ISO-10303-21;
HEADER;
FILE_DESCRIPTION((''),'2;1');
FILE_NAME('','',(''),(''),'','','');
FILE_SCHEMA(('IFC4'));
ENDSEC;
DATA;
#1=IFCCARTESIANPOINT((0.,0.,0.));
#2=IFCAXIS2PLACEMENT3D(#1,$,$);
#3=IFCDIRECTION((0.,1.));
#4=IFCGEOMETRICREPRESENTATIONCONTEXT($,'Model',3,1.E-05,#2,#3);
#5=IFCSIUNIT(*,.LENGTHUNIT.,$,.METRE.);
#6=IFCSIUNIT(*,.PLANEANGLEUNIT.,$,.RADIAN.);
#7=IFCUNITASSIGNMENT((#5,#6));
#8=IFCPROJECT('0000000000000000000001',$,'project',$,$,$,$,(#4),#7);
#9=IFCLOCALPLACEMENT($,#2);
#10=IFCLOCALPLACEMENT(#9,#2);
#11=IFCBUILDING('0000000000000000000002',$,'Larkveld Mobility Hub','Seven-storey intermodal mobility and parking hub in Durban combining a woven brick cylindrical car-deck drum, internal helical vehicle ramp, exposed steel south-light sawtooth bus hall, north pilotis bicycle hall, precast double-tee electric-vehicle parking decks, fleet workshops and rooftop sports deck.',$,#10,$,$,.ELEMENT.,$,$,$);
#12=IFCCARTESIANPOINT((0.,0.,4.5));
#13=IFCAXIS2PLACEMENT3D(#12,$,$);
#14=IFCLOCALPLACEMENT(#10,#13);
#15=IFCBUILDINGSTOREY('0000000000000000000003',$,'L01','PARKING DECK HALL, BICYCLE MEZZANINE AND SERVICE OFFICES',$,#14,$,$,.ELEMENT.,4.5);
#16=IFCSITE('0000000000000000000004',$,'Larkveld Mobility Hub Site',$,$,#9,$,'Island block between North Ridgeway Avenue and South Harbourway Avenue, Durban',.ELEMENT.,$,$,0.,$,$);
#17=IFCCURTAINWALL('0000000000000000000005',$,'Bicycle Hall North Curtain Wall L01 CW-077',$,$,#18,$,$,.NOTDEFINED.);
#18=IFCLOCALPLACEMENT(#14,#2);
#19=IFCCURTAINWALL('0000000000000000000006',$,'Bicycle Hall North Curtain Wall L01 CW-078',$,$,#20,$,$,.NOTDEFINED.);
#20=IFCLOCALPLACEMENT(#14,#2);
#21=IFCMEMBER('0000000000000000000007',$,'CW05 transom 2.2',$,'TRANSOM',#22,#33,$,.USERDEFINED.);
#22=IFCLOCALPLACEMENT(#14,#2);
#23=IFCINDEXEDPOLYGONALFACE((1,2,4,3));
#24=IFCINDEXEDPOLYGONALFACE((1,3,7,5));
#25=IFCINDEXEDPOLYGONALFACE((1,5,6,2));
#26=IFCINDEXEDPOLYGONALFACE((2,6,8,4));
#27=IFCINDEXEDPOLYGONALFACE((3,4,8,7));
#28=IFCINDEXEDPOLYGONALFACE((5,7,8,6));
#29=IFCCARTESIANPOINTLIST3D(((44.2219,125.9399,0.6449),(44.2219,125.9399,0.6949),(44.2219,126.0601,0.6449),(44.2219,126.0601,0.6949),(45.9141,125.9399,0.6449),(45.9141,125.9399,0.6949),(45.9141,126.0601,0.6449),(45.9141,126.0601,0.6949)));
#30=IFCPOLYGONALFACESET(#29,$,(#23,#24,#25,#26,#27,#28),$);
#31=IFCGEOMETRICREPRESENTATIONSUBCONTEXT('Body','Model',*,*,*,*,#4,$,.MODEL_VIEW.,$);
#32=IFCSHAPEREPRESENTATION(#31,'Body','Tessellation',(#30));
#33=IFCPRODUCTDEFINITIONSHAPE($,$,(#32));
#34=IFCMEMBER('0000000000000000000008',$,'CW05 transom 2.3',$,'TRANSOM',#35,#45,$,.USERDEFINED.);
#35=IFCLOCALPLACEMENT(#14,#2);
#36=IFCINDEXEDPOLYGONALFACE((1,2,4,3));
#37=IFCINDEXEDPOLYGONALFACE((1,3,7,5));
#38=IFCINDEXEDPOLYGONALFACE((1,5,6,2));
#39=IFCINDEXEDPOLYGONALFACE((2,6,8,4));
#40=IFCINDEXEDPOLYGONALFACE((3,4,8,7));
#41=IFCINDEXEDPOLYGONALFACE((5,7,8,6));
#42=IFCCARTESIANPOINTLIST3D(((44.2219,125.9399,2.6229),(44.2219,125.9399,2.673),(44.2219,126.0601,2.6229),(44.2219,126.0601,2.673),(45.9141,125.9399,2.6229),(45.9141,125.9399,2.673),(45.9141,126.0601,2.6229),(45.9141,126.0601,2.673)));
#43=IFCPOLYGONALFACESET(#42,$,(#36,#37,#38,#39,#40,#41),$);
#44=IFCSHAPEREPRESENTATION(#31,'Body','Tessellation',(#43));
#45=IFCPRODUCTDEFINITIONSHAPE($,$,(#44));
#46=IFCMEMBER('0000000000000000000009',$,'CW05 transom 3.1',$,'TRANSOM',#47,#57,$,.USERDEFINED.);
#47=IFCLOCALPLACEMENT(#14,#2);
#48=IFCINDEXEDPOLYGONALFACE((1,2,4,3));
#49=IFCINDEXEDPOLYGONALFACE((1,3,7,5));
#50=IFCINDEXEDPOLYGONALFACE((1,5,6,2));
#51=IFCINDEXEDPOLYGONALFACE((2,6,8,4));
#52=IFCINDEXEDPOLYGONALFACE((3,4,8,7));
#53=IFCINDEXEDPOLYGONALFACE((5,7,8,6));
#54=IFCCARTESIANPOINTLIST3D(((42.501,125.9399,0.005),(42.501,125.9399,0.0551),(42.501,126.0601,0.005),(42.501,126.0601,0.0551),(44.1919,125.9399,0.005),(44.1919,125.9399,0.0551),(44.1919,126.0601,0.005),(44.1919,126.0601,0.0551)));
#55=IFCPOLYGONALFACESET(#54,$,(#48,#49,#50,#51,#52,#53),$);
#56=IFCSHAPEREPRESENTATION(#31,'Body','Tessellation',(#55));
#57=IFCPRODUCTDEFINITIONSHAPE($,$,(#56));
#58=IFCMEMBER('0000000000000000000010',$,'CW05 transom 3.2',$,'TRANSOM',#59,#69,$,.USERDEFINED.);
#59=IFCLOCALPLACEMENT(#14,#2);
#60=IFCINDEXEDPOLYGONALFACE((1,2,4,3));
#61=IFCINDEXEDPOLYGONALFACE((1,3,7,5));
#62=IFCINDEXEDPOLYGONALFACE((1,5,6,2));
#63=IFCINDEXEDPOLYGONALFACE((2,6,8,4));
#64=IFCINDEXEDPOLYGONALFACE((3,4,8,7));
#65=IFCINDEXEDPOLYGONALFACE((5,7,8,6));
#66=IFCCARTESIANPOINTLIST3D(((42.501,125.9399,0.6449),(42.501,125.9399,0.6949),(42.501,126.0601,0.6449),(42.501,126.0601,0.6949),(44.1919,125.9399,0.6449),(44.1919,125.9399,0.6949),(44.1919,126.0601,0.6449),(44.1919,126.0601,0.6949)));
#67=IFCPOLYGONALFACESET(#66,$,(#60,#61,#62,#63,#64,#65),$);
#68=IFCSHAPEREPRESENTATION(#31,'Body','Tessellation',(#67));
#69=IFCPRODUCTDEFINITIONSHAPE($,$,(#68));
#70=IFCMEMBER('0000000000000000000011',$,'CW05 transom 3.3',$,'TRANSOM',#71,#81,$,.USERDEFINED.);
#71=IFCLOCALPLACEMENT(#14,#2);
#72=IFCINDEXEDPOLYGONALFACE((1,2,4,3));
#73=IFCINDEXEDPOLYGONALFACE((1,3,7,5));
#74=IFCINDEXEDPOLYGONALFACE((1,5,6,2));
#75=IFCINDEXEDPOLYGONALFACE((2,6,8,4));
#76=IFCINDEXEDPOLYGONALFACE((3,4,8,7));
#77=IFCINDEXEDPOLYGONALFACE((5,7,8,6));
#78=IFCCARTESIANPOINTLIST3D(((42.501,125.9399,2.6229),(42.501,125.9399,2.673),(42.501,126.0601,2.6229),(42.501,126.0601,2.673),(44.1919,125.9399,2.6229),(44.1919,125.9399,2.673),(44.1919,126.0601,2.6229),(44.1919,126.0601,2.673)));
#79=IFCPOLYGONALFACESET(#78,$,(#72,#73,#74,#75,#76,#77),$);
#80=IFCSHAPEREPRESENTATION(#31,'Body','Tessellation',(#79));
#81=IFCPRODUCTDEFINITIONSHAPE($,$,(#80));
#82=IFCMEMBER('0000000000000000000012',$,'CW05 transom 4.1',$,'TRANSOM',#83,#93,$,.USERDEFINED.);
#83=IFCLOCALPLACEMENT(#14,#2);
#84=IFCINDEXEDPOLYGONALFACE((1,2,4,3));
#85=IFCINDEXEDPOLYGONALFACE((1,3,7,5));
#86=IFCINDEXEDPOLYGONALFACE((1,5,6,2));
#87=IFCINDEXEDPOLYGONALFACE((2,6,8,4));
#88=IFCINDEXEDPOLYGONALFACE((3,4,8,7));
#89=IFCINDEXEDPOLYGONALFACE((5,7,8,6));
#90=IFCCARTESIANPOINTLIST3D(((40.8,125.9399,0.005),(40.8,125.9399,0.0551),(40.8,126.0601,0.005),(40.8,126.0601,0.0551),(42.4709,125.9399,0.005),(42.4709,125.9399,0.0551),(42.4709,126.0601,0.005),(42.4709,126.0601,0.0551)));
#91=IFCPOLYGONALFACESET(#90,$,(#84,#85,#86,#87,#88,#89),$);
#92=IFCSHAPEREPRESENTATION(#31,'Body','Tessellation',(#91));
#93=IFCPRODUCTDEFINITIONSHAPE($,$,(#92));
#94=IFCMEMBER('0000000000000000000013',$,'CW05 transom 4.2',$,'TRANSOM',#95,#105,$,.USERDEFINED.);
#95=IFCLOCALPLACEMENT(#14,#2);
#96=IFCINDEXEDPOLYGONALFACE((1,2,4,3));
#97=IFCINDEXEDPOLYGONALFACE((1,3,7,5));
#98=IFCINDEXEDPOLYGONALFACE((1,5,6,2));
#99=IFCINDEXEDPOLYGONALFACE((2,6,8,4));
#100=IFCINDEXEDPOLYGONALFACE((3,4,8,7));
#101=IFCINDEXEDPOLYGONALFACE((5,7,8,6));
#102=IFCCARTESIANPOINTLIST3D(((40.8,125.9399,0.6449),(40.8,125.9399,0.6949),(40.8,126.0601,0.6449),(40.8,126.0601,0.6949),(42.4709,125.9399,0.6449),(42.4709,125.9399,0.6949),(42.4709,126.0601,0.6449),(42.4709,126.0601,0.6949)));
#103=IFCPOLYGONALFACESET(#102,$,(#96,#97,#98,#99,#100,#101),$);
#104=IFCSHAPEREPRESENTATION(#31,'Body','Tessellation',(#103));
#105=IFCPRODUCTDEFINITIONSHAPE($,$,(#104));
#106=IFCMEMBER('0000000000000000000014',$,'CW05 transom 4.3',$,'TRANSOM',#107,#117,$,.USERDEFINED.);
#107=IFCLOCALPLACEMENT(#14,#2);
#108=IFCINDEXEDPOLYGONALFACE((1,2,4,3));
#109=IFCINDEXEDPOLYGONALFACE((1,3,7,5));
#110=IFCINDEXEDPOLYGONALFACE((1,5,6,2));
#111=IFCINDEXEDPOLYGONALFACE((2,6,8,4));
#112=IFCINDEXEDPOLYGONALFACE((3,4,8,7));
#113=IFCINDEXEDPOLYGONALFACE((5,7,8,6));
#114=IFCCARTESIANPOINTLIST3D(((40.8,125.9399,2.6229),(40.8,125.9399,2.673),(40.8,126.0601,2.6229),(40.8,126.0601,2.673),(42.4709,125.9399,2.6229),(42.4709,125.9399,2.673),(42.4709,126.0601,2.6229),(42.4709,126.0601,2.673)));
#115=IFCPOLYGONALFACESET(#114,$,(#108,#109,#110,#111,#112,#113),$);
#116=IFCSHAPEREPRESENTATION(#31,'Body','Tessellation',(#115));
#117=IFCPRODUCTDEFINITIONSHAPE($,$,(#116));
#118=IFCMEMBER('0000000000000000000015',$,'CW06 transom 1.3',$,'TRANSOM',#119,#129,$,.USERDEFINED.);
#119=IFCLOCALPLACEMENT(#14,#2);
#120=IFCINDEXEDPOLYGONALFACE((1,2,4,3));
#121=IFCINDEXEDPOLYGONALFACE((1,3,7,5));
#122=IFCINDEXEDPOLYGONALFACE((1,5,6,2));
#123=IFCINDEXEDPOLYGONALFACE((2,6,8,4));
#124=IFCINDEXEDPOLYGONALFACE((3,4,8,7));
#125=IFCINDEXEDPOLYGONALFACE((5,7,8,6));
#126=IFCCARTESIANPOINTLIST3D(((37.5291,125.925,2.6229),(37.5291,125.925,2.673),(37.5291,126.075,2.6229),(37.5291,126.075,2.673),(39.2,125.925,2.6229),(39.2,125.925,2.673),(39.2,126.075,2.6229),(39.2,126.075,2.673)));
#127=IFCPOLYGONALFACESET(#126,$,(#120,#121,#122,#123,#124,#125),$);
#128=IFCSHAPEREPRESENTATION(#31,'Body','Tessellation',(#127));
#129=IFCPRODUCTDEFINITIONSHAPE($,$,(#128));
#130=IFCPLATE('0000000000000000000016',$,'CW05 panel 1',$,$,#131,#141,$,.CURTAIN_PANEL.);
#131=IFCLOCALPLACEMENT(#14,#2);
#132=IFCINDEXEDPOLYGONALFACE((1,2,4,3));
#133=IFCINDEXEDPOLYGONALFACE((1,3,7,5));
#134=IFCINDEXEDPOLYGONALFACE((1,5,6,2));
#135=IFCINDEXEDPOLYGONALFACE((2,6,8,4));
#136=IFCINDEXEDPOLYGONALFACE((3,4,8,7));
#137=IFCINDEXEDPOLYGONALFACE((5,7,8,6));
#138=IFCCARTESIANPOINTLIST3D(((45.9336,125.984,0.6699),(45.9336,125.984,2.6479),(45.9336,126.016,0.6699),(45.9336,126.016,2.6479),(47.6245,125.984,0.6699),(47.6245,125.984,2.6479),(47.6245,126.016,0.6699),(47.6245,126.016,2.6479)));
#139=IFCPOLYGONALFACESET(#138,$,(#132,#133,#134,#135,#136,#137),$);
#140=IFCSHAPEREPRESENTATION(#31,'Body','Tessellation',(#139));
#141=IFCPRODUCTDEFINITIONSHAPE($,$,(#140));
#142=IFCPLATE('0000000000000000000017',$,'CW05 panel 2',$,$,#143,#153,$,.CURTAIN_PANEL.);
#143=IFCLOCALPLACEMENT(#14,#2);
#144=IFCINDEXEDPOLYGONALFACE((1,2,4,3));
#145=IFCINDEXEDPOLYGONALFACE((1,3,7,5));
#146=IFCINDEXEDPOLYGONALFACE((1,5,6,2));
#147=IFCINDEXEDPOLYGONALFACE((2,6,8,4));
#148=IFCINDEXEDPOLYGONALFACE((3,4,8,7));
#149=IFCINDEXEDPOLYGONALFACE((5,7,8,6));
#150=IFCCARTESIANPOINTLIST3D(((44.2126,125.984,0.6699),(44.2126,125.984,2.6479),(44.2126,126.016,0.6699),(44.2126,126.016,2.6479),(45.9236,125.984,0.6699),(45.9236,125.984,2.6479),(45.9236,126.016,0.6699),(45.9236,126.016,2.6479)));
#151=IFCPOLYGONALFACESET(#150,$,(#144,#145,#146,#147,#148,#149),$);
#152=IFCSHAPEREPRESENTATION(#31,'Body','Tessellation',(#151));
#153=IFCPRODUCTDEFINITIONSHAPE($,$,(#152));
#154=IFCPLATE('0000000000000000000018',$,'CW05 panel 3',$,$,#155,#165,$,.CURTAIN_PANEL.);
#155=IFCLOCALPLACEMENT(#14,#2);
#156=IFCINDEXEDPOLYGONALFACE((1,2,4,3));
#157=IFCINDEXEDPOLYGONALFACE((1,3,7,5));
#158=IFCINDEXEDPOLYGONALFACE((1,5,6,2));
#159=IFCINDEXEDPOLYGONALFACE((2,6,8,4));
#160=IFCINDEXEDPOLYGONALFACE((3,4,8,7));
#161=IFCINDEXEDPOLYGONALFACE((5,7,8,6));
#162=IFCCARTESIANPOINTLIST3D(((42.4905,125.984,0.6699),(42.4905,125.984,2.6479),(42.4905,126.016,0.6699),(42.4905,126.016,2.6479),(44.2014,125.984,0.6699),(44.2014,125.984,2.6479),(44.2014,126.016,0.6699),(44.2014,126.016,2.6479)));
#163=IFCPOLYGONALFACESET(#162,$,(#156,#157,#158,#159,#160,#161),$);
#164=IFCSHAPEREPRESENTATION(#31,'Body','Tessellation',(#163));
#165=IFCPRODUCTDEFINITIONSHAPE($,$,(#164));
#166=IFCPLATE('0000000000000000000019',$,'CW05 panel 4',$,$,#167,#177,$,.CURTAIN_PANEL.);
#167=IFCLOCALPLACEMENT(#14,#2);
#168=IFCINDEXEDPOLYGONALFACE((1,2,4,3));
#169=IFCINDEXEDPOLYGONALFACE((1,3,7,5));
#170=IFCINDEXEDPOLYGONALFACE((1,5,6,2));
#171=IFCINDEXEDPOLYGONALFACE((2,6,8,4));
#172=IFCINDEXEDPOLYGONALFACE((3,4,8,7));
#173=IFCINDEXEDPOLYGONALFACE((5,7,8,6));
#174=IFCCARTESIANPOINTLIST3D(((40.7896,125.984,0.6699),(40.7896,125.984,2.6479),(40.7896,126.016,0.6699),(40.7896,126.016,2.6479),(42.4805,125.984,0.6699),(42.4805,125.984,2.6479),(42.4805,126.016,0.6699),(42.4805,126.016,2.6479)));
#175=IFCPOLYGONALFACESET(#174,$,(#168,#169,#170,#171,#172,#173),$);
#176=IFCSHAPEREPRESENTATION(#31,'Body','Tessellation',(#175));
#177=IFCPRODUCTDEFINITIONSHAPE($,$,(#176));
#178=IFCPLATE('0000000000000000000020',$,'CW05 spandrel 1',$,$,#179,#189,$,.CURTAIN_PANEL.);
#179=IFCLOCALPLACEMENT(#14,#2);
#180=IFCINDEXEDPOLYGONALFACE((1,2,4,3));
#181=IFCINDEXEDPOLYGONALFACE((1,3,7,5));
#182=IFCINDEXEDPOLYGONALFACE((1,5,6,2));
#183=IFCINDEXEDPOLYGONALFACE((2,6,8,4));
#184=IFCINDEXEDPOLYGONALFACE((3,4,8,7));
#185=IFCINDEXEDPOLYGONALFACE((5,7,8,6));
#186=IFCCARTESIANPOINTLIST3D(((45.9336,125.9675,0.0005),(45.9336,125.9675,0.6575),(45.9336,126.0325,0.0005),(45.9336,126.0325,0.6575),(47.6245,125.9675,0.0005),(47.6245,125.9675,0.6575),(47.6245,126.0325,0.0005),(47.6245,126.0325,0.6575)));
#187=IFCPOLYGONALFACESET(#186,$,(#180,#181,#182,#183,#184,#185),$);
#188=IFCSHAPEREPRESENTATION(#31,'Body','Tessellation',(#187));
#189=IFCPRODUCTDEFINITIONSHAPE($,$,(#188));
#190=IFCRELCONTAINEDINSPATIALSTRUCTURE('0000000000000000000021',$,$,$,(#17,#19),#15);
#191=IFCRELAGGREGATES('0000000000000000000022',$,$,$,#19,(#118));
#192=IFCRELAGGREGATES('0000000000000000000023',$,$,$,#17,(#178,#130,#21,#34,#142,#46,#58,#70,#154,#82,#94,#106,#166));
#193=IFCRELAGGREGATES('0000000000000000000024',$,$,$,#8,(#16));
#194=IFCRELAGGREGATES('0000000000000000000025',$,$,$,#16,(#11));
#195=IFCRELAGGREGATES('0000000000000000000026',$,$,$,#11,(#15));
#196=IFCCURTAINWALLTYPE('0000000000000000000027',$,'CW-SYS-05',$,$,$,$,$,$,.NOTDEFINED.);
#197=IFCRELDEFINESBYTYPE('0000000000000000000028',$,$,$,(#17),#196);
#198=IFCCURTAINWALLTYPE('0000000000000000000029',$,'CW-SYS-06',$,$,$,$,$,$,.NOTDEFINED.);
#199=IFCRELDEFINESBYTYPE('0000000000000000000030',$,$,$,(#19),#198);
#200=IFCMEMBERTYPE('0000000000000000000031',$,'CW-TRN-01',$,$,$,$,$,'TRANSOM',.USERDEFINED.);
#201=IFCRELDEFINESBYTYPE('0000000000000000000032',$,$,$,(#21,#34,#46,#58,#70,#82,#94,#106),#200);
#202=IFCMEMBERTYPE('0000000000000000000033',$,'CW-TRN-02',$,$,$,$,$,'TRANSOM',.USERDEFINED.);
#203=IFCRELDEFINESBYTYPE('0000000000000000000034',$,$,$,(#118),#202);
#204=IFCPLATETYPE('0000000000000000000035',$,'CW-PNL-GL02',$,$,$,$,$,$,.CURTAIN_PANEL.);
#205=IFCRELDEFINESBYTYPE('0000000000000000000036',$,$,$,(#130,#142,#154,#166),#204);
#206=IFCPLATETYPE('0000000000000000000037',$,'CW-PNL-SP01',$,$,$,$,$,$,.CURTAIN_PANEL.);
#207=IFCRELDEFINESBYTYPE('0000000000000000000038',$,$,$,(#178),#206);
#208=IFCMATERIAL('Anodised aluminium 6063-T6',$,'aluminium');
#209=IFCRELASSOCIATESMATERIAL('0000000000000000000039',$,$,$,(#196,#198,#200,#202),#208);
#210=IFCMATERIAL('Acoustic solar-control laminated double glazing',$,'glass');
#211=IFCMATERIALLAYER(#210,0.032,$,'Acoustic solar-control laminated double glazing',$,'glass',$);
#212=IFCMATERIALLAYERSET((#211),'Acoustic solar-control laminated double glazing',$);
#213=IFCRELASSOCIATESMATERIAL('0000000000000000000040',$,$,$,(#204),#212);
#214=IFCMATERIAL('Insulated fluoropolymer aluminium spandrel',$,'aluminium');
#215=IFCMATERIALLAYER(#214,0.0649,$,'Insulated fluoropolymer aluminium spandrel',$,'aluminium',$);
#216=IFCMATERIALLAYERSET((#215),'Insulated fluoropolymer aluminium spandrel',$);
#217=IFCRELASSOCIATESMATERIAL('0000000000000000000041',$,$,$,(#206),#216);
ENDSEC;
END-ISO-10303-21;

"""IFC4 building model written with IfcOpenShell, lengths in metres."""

from ifc_helpers import new_model, si_unit, direction, frame, origin, origin_2d, place, context, subcontext, project, spatial, rectangle, extrude, material, layer, layer_set, material_profile, profile_set, type_object, element, aggregate, save


model = new_model("IFC4")

# Units and contexts
model_context = context("Model", 3, precision=1e-05, world=origin(), true_north=direction((0.0, 1.0)))
body_context = subcontext(model_context, "Body", "Model", "MODEL_VIEW")
ifc_project = project(units=[si_unit("LENGTHUNIT", "METRE"), si_unit("PLANEANGLEUNIT", "RADIAN")], contexts=[model_context])

# Site, building, storey
site_placement = place(None, origin())
site = spatial("IfcSite", under=ifc_project, at=site_placement, Name="Larkveld Mobility Hub Site", LongName="Island block between North Ridgeway Avenue and South Harbourway Avenue, Durban", CompositionType="ELEMENT", RefElevation=0.0)
building_placement = place(site_placement, origin())
building = spatial("IfcBuilding", under=site, at=building_placement, Name="Larkveld Mobility Hub", Description="Seven-storey intermodal mobility and parking hub in Durban combining a woven brick cylindrical car-deck drum, internal helical vehicle ramp, exposed steel south-light sawtooth bus hall, north pilotis bicycle hall, precast double-tee electric-vehicle parking decks, fleet workshops and rooftop sports deck.", CompositionType="ELEMENT")
storey_placement = place(building_placement, frame((0.0, 0.0, 4.5)))
storey = spatial("IfcBuildingStorey", under=building, at=storey_placement, Name="L01", Description="PARKING DECK HALL, BICYCLE MEZZANINE AND SERVICE OFFICES", CompositionType="ELEMENT", Elevation=4.5)

# Curtain wall
ifc_material_1 = material(Name="Anodised aluminium 6063-T6", Category="aluminium")
curtain_wall_type_1 = type_object("IfcCurtainWallType", Name="CW-SYS-05", PredefinedType="NOTDEFINED", material=ifc_material_1)
curtain_wall_1_placement = place(storey_placement, origin())
curtain_wall_1 = element("IfcCurtainWall", 1, at=curtain_wall_1_placement, inside=storey, type_object=curtain_wall_type_1, Name="Bicycle Hall North Curtain Wall L01 CW-077", PredefinedType="NOTDEFINED")

# Curtain wall
curtain_wall_type_2 = type_object("IfcCurtainWallType", Name="CW-SYS-06", PredefinedType="NOTDEFINED", material=ifc_material_1)
curtain_wall_2_placement = place(storey_placement, origin())
curtain_wall_2 = element("IfcCurtainWall", 2, at=curtain_wall_2_placement, inside=storey, type_object=curtain_wall_type_2, Name="Bicycle Hall North Curtain Wall L01 CW-078", PredefinedType="NOTDEFINED")

# Members
ifc_material_profile_1 = material_profile(ifc_material_1, rectangle(XDim=0.1201, YDim=0.05, at=origin_2d()), Name="ALU TRAN 50x120")
ifc_profile_set_1 = profile_set([ifc_material_profile_1], Name="Anodised aluminium 6063-T6")
member_type_1 = type_object("IfcMemberType", Name="CW-TRN-01", ElementType="TRANSOM", PredefinedType="USERDEFINED", material=ifc_profile_set_1)
member_1_placement = place(storey_placement, frame((45.9141, 126.0, 0.6699), z_axis=(-1.0, 0.0, 0.0), x_axis=(0.0, -1.0, 0.0)))
member_1 = element("IfcMember", 3, at=member_1_placement, type_object=member_type_1, Name="CW05 transom 2.2", ObjectType="TRANSOM", PredefinedType="USERDEFINED", context=body_context, shape_type="SweptSolid", body=[
    extrude(rectangle(XDim=0.1201, YDim=0.05, at=origin_2d()), origin(), (0.0, 0.0, 1.0), 1.6921),
])
member_2_placement = place(storey_placement, frame((45.9141, 126.0, 2.6479), z_axis=(-1.0, 0.0, 0.0), x_axis=(0.0, -1.0, 0.0)))
member_2 = element("IfcMember", 4, at=member_2_placement, type_object=member_type_1, Name="CW05 transom 2.3", ObjectType="TRANSOM", PredefinedType="USERDEFINED", context=body_context, shape_type="SweptSolid", body=[
    extrude(rectangle(XDim=0.1201, YDim=0.05, at=origin_2d()), origin(), (0.0, 0.0, 1.0), 1.6921),
])
member_3_placement = place(storey_placement, frame((44.1919, 126.0, 0.03), z_axis=(-1.0, 0.0, 0.0), x_axis=(0.0, -1.0, 0.0)))
member_3 = element("IfcMember", 5, at=member_3_placement, type_object=member_type_1, Name="CW05 transom 3.1", ObjectType="TRANSOM", PredefinedType="USERDEFINED", context=body_context, shape_type="SweptSolid", body=[
    extrude(rectangle(XDim=0.1201, YDim=0.05, at=origin_2d()), origin(), (0.0, 0.0, 1.0), 1.6909),
])
member_4_placement = place(storey_placement, frame((44.1919, 126.0, 0.6699), z_axis=(-1.0, 0.0, 0.0), x_axis=(0.0, -1.0, 0.0)))
member_4 = element("IfcMember", 6, at=member_4_placement, type_object=member_type_1, Name="CW05 transom 3.2", ObjectType="TRANSOM", PredefinedType="USERDEFINED", context=body_context, shape_type="SweptSolid", body=[
    extrude(rectangle(XDim=0.1201, YDim=0.05, at=origin_2d()), origin(), (0.0, 0.0, 1.0), 1.6909),
])
member_5_placement = place(storey_placement, frame((44.1919, 126.0, 2.6479), z_axis=(-1.0, 0.0, 0.0), x_axis=(0.0, -1.0, 0.0)))
member_5 = element("IfcMember", 7, at=member_5_placement, type_object=member_type_1, Name="CW05 transom 3.3", ObjectType="TRANSOM", PredefinedType="USERDEFINED", context=body_context, shape_type="SweptSolid", body=[
    extrude(rectangle(XDim=0.1201, YDim=0.05, at=origin_2d()), origin(), (0.0, 0.0, 1.0), 1.6909),
])
member_6_placement = place(storey_placement, frame((42.4709, 126.0, 0.03), z_axis=(-1.0, 0.0, 0.0), x_axis=(0.0, -1.0, 0.0)))
member_6 = element("IfcMember", 8, at=member_6_placement, type_object=member_type_1, Name="CW05 transom 4.1", ObjectType="TRANSOM", PredefinedType="USERDEFINED", context=body_context, shape_type="SweptSolid", body=[
    extrude(rectangle(XDim=0.1201, YDim=0.05, at=origin_2d()), origin(), (0.0, 0.0, 1.0), 1.6709),
])
member_7_placement = place(storey_placement, frame((42.4709, 126.0, 0.6699), z_axis=(-1.0, 0.0, 0.0), x_axis=(0.0, -1.0, 0.0)))
member_7 = element("IfcMember", 9, at=member_7_placement, type_object=member_type_1, Name="CW05 transom 4.2", ObjectType="TRANSOM", PredefinedType="USERDEFINED", context=body_context, shape_type="SweptSolid", body=[
    extrude(rectangle(XDim=0.1201, YDim=0.05, at=origin_2d()), origin(), (0.0, 0.0, 1.0), 1.6709),
])
member_8_placement = place(storey_placement, frame((42.4709, 126.0, 2.6479), z_axis=(-1.0, 0.0, 0.0), x_axis=(0.0, -1.0, 0.0)))
member_8 = element("IfcMember", 10, at=member_8_placement, type_object=member_type_1, Name="CW05 transom 4.3", ObjectType="TRANSOM", PredefinedType="USERDEFINED", context=body_context, shape_type="SweptSolid", body=[
    extrude(rectangle(XDim=0.1201, YDim=0.05, at=origin_2d()), origin(), (0.0, 0.0, 1.0), 1.6709),
])
ifc_material_profile_2 = material_profile(ifc_material_1, rectangle(XDim=0.1499, YDim=0.05, at=origin_2d()), Name="ALU TRAN 50x150")
ifc_profile_set_2 = profile_set([ifc_material_profile_2], Name="Anodised aluminium 6063-T6")
member_type_2 = type_object("IfcMemberType", Name="CW-TRN-02", ElementType="TRANSOM", PredefinedType="USERDEFINED", material=ifc_profile_set_2)
member_9_placement = place(storey_placement, frame((39.2, 126.0, 2.6479), z_axis=(-1.0, 0.0, 0.0), x_axis=(0.0, -1.0, 0.0)))
member_9 = element("IfcMember", 11, at=member_9_placement, type_object=member_type_2, Name="CW06 transom 1.3", ObjectType="TRANSOM", PredefinedType="USERDEFINED", context=body_context, shape_type="SweptSolid", body=[
    extrude(rectangle(XDim=0.1499, YDim=0.05, at=origin_2d()), origin(), (0.0, 0.0, 1.0), 1.6709),
])
aggregate(curtain_wall_2, [member_9])

# Plates
ifc_material_2 = material(Name="Acoustic solar-control laminated double glazing", Category="glass")
ifc_layer_1 = layer(ifc_material_2, 0.032, Name="Acoustic solar-control laminated double glazing", Category="glass")
ifc_layer_set_1 = layer_set([ifc_layer_1], Name="Acoustic solar-control laminated double glazing")
plate_type_1 = type_object("IfcPlateType", Name="CW-PNL-GL02", PredefinedType="CURTAIN_PANEL", material=ifc_layer_set_1)
plate_1_placement = place(storey_placement, frame((46.7791, 126.0, 0.6699), z_axis=(0.0, 0.0, 1.0), x_axis=(-1.0, 0.0, 0.0)))
plate_1 = element("IfcPlate", 12, at=plate_1_placement, type_object=plate_type_1, Name="CW05 panel 1", PredefinedType="CURTAIN_PANEL", context=body_context, shape_type="SweptSolid", body=[
    extrude(rectangle(XDim=1.6909, YDim=0.032, at=origin_2d()), origin(), (0.0, 0.0, 1.0), 1.978),
])
plate_2_placement = place(storey_placement, frame((45.0681, 126.0, 0.6699), z_axis=(0.0, 0.0, 1.0), x_axis=(-1.0, 0.0, 0.0)))
plate_2 = element("IfcPlate", 13, at=plate_2_placement, type_object=plate_type_1, Name="CW05 panel 2", PredefinedType="CURTAIN_PANEL", context=body_context, shape_type="SweptSolid", body=[
    extrude(rectangle(XDim=1.7109, YDim=0.032, at=origin_2d()), origin(), (0.0, 0.0, 1.0), 1.978),
])
plate_3_placement = place(storey_placement, frame((43.3459, 126.0, 0.6699), z_axis=(0.0, 0.0, 1.0), x_axis=(-1.0, 0.0, 0.0)))
plate_3 = element("IfcPlate", 14, at=plate_3_placement, type_object=plate_type_1, Name="CW05 panel 3", PredefinedType="CURTAIN_PANEL", context=body_context, shape_type="SweptSolid", body=[
    extrude(rectangle(XDim=1.7109, YDim=0.032, at=origin_2d()), origin(), (0.0, 0.0, 1.0), 1.978),
])
plate_4_placement = place(storey_placement, frame((41.635, 126.0, 0.6699), z_axis=(0.0, 0.0, 1.0), x_axis=(-1.0, 0.0, 0.0)))
plate_4 = element("IfcPlate", 15, at=plate_4_placement, type_object=plate_type_1, Name="CW05 panel 4", PredefinedType="CURTAIN_PANEL", context=body_context, shape_type="SweptSolid", body=[
    extrude(rectangle(XDim=1.6909, YDim=0.032, at=origin_2d()), origin(), (0.0, 0.0, 1.0), 1.978),
])
ifc_material_3 = material(Name="Insulated fluoropolymer aluminium spandrel", Category="aluminium")
ifc_layer_2 = layer(ifc_material_3, 0.0649, Name="Insulated fluoropolymer aluminium spandrel", Category="aluminium")
ifc_layer_set_2 = layer_set([ifc_layer_2], Name="Insulated fluoropolymer aluminium spandrel")
plate_type_2 = type_object("IfcPlateType", Name="CW-PNL-SP01", PredefinedType="CURTAIN_PANEL", material=ifc_layer_set_2)
plate_5_placement = place(storey_placement, frame((46.7791, 126.0, 0.0005), z_axis=(0.0, 0.0, 1.0), x_axis=(-1.0, 0.0, 0.0)))
plate_5 = element("IfcPlate", 16, at=plate_5_placement, type_object=plate_type_2, Name="CW05 spandrel 1", PredefinedType="CURTAIN_PANEL", context=body_context, shape_type="SweptSolid", body=[
    extrude(rectangle(XDim=1.6909, YDim=0.0649, at=origin_2d()), origin(), (0.0, 0.0, 1.0), 0.657),
])
aggregate(curtain_wall_1, [plate_5, plate_1, member_1, member_2, plate_2, member_3, member_4, member_5, plate_3, member_6, member_7, member_8, plate_4])

save(model, "model.ifc")
